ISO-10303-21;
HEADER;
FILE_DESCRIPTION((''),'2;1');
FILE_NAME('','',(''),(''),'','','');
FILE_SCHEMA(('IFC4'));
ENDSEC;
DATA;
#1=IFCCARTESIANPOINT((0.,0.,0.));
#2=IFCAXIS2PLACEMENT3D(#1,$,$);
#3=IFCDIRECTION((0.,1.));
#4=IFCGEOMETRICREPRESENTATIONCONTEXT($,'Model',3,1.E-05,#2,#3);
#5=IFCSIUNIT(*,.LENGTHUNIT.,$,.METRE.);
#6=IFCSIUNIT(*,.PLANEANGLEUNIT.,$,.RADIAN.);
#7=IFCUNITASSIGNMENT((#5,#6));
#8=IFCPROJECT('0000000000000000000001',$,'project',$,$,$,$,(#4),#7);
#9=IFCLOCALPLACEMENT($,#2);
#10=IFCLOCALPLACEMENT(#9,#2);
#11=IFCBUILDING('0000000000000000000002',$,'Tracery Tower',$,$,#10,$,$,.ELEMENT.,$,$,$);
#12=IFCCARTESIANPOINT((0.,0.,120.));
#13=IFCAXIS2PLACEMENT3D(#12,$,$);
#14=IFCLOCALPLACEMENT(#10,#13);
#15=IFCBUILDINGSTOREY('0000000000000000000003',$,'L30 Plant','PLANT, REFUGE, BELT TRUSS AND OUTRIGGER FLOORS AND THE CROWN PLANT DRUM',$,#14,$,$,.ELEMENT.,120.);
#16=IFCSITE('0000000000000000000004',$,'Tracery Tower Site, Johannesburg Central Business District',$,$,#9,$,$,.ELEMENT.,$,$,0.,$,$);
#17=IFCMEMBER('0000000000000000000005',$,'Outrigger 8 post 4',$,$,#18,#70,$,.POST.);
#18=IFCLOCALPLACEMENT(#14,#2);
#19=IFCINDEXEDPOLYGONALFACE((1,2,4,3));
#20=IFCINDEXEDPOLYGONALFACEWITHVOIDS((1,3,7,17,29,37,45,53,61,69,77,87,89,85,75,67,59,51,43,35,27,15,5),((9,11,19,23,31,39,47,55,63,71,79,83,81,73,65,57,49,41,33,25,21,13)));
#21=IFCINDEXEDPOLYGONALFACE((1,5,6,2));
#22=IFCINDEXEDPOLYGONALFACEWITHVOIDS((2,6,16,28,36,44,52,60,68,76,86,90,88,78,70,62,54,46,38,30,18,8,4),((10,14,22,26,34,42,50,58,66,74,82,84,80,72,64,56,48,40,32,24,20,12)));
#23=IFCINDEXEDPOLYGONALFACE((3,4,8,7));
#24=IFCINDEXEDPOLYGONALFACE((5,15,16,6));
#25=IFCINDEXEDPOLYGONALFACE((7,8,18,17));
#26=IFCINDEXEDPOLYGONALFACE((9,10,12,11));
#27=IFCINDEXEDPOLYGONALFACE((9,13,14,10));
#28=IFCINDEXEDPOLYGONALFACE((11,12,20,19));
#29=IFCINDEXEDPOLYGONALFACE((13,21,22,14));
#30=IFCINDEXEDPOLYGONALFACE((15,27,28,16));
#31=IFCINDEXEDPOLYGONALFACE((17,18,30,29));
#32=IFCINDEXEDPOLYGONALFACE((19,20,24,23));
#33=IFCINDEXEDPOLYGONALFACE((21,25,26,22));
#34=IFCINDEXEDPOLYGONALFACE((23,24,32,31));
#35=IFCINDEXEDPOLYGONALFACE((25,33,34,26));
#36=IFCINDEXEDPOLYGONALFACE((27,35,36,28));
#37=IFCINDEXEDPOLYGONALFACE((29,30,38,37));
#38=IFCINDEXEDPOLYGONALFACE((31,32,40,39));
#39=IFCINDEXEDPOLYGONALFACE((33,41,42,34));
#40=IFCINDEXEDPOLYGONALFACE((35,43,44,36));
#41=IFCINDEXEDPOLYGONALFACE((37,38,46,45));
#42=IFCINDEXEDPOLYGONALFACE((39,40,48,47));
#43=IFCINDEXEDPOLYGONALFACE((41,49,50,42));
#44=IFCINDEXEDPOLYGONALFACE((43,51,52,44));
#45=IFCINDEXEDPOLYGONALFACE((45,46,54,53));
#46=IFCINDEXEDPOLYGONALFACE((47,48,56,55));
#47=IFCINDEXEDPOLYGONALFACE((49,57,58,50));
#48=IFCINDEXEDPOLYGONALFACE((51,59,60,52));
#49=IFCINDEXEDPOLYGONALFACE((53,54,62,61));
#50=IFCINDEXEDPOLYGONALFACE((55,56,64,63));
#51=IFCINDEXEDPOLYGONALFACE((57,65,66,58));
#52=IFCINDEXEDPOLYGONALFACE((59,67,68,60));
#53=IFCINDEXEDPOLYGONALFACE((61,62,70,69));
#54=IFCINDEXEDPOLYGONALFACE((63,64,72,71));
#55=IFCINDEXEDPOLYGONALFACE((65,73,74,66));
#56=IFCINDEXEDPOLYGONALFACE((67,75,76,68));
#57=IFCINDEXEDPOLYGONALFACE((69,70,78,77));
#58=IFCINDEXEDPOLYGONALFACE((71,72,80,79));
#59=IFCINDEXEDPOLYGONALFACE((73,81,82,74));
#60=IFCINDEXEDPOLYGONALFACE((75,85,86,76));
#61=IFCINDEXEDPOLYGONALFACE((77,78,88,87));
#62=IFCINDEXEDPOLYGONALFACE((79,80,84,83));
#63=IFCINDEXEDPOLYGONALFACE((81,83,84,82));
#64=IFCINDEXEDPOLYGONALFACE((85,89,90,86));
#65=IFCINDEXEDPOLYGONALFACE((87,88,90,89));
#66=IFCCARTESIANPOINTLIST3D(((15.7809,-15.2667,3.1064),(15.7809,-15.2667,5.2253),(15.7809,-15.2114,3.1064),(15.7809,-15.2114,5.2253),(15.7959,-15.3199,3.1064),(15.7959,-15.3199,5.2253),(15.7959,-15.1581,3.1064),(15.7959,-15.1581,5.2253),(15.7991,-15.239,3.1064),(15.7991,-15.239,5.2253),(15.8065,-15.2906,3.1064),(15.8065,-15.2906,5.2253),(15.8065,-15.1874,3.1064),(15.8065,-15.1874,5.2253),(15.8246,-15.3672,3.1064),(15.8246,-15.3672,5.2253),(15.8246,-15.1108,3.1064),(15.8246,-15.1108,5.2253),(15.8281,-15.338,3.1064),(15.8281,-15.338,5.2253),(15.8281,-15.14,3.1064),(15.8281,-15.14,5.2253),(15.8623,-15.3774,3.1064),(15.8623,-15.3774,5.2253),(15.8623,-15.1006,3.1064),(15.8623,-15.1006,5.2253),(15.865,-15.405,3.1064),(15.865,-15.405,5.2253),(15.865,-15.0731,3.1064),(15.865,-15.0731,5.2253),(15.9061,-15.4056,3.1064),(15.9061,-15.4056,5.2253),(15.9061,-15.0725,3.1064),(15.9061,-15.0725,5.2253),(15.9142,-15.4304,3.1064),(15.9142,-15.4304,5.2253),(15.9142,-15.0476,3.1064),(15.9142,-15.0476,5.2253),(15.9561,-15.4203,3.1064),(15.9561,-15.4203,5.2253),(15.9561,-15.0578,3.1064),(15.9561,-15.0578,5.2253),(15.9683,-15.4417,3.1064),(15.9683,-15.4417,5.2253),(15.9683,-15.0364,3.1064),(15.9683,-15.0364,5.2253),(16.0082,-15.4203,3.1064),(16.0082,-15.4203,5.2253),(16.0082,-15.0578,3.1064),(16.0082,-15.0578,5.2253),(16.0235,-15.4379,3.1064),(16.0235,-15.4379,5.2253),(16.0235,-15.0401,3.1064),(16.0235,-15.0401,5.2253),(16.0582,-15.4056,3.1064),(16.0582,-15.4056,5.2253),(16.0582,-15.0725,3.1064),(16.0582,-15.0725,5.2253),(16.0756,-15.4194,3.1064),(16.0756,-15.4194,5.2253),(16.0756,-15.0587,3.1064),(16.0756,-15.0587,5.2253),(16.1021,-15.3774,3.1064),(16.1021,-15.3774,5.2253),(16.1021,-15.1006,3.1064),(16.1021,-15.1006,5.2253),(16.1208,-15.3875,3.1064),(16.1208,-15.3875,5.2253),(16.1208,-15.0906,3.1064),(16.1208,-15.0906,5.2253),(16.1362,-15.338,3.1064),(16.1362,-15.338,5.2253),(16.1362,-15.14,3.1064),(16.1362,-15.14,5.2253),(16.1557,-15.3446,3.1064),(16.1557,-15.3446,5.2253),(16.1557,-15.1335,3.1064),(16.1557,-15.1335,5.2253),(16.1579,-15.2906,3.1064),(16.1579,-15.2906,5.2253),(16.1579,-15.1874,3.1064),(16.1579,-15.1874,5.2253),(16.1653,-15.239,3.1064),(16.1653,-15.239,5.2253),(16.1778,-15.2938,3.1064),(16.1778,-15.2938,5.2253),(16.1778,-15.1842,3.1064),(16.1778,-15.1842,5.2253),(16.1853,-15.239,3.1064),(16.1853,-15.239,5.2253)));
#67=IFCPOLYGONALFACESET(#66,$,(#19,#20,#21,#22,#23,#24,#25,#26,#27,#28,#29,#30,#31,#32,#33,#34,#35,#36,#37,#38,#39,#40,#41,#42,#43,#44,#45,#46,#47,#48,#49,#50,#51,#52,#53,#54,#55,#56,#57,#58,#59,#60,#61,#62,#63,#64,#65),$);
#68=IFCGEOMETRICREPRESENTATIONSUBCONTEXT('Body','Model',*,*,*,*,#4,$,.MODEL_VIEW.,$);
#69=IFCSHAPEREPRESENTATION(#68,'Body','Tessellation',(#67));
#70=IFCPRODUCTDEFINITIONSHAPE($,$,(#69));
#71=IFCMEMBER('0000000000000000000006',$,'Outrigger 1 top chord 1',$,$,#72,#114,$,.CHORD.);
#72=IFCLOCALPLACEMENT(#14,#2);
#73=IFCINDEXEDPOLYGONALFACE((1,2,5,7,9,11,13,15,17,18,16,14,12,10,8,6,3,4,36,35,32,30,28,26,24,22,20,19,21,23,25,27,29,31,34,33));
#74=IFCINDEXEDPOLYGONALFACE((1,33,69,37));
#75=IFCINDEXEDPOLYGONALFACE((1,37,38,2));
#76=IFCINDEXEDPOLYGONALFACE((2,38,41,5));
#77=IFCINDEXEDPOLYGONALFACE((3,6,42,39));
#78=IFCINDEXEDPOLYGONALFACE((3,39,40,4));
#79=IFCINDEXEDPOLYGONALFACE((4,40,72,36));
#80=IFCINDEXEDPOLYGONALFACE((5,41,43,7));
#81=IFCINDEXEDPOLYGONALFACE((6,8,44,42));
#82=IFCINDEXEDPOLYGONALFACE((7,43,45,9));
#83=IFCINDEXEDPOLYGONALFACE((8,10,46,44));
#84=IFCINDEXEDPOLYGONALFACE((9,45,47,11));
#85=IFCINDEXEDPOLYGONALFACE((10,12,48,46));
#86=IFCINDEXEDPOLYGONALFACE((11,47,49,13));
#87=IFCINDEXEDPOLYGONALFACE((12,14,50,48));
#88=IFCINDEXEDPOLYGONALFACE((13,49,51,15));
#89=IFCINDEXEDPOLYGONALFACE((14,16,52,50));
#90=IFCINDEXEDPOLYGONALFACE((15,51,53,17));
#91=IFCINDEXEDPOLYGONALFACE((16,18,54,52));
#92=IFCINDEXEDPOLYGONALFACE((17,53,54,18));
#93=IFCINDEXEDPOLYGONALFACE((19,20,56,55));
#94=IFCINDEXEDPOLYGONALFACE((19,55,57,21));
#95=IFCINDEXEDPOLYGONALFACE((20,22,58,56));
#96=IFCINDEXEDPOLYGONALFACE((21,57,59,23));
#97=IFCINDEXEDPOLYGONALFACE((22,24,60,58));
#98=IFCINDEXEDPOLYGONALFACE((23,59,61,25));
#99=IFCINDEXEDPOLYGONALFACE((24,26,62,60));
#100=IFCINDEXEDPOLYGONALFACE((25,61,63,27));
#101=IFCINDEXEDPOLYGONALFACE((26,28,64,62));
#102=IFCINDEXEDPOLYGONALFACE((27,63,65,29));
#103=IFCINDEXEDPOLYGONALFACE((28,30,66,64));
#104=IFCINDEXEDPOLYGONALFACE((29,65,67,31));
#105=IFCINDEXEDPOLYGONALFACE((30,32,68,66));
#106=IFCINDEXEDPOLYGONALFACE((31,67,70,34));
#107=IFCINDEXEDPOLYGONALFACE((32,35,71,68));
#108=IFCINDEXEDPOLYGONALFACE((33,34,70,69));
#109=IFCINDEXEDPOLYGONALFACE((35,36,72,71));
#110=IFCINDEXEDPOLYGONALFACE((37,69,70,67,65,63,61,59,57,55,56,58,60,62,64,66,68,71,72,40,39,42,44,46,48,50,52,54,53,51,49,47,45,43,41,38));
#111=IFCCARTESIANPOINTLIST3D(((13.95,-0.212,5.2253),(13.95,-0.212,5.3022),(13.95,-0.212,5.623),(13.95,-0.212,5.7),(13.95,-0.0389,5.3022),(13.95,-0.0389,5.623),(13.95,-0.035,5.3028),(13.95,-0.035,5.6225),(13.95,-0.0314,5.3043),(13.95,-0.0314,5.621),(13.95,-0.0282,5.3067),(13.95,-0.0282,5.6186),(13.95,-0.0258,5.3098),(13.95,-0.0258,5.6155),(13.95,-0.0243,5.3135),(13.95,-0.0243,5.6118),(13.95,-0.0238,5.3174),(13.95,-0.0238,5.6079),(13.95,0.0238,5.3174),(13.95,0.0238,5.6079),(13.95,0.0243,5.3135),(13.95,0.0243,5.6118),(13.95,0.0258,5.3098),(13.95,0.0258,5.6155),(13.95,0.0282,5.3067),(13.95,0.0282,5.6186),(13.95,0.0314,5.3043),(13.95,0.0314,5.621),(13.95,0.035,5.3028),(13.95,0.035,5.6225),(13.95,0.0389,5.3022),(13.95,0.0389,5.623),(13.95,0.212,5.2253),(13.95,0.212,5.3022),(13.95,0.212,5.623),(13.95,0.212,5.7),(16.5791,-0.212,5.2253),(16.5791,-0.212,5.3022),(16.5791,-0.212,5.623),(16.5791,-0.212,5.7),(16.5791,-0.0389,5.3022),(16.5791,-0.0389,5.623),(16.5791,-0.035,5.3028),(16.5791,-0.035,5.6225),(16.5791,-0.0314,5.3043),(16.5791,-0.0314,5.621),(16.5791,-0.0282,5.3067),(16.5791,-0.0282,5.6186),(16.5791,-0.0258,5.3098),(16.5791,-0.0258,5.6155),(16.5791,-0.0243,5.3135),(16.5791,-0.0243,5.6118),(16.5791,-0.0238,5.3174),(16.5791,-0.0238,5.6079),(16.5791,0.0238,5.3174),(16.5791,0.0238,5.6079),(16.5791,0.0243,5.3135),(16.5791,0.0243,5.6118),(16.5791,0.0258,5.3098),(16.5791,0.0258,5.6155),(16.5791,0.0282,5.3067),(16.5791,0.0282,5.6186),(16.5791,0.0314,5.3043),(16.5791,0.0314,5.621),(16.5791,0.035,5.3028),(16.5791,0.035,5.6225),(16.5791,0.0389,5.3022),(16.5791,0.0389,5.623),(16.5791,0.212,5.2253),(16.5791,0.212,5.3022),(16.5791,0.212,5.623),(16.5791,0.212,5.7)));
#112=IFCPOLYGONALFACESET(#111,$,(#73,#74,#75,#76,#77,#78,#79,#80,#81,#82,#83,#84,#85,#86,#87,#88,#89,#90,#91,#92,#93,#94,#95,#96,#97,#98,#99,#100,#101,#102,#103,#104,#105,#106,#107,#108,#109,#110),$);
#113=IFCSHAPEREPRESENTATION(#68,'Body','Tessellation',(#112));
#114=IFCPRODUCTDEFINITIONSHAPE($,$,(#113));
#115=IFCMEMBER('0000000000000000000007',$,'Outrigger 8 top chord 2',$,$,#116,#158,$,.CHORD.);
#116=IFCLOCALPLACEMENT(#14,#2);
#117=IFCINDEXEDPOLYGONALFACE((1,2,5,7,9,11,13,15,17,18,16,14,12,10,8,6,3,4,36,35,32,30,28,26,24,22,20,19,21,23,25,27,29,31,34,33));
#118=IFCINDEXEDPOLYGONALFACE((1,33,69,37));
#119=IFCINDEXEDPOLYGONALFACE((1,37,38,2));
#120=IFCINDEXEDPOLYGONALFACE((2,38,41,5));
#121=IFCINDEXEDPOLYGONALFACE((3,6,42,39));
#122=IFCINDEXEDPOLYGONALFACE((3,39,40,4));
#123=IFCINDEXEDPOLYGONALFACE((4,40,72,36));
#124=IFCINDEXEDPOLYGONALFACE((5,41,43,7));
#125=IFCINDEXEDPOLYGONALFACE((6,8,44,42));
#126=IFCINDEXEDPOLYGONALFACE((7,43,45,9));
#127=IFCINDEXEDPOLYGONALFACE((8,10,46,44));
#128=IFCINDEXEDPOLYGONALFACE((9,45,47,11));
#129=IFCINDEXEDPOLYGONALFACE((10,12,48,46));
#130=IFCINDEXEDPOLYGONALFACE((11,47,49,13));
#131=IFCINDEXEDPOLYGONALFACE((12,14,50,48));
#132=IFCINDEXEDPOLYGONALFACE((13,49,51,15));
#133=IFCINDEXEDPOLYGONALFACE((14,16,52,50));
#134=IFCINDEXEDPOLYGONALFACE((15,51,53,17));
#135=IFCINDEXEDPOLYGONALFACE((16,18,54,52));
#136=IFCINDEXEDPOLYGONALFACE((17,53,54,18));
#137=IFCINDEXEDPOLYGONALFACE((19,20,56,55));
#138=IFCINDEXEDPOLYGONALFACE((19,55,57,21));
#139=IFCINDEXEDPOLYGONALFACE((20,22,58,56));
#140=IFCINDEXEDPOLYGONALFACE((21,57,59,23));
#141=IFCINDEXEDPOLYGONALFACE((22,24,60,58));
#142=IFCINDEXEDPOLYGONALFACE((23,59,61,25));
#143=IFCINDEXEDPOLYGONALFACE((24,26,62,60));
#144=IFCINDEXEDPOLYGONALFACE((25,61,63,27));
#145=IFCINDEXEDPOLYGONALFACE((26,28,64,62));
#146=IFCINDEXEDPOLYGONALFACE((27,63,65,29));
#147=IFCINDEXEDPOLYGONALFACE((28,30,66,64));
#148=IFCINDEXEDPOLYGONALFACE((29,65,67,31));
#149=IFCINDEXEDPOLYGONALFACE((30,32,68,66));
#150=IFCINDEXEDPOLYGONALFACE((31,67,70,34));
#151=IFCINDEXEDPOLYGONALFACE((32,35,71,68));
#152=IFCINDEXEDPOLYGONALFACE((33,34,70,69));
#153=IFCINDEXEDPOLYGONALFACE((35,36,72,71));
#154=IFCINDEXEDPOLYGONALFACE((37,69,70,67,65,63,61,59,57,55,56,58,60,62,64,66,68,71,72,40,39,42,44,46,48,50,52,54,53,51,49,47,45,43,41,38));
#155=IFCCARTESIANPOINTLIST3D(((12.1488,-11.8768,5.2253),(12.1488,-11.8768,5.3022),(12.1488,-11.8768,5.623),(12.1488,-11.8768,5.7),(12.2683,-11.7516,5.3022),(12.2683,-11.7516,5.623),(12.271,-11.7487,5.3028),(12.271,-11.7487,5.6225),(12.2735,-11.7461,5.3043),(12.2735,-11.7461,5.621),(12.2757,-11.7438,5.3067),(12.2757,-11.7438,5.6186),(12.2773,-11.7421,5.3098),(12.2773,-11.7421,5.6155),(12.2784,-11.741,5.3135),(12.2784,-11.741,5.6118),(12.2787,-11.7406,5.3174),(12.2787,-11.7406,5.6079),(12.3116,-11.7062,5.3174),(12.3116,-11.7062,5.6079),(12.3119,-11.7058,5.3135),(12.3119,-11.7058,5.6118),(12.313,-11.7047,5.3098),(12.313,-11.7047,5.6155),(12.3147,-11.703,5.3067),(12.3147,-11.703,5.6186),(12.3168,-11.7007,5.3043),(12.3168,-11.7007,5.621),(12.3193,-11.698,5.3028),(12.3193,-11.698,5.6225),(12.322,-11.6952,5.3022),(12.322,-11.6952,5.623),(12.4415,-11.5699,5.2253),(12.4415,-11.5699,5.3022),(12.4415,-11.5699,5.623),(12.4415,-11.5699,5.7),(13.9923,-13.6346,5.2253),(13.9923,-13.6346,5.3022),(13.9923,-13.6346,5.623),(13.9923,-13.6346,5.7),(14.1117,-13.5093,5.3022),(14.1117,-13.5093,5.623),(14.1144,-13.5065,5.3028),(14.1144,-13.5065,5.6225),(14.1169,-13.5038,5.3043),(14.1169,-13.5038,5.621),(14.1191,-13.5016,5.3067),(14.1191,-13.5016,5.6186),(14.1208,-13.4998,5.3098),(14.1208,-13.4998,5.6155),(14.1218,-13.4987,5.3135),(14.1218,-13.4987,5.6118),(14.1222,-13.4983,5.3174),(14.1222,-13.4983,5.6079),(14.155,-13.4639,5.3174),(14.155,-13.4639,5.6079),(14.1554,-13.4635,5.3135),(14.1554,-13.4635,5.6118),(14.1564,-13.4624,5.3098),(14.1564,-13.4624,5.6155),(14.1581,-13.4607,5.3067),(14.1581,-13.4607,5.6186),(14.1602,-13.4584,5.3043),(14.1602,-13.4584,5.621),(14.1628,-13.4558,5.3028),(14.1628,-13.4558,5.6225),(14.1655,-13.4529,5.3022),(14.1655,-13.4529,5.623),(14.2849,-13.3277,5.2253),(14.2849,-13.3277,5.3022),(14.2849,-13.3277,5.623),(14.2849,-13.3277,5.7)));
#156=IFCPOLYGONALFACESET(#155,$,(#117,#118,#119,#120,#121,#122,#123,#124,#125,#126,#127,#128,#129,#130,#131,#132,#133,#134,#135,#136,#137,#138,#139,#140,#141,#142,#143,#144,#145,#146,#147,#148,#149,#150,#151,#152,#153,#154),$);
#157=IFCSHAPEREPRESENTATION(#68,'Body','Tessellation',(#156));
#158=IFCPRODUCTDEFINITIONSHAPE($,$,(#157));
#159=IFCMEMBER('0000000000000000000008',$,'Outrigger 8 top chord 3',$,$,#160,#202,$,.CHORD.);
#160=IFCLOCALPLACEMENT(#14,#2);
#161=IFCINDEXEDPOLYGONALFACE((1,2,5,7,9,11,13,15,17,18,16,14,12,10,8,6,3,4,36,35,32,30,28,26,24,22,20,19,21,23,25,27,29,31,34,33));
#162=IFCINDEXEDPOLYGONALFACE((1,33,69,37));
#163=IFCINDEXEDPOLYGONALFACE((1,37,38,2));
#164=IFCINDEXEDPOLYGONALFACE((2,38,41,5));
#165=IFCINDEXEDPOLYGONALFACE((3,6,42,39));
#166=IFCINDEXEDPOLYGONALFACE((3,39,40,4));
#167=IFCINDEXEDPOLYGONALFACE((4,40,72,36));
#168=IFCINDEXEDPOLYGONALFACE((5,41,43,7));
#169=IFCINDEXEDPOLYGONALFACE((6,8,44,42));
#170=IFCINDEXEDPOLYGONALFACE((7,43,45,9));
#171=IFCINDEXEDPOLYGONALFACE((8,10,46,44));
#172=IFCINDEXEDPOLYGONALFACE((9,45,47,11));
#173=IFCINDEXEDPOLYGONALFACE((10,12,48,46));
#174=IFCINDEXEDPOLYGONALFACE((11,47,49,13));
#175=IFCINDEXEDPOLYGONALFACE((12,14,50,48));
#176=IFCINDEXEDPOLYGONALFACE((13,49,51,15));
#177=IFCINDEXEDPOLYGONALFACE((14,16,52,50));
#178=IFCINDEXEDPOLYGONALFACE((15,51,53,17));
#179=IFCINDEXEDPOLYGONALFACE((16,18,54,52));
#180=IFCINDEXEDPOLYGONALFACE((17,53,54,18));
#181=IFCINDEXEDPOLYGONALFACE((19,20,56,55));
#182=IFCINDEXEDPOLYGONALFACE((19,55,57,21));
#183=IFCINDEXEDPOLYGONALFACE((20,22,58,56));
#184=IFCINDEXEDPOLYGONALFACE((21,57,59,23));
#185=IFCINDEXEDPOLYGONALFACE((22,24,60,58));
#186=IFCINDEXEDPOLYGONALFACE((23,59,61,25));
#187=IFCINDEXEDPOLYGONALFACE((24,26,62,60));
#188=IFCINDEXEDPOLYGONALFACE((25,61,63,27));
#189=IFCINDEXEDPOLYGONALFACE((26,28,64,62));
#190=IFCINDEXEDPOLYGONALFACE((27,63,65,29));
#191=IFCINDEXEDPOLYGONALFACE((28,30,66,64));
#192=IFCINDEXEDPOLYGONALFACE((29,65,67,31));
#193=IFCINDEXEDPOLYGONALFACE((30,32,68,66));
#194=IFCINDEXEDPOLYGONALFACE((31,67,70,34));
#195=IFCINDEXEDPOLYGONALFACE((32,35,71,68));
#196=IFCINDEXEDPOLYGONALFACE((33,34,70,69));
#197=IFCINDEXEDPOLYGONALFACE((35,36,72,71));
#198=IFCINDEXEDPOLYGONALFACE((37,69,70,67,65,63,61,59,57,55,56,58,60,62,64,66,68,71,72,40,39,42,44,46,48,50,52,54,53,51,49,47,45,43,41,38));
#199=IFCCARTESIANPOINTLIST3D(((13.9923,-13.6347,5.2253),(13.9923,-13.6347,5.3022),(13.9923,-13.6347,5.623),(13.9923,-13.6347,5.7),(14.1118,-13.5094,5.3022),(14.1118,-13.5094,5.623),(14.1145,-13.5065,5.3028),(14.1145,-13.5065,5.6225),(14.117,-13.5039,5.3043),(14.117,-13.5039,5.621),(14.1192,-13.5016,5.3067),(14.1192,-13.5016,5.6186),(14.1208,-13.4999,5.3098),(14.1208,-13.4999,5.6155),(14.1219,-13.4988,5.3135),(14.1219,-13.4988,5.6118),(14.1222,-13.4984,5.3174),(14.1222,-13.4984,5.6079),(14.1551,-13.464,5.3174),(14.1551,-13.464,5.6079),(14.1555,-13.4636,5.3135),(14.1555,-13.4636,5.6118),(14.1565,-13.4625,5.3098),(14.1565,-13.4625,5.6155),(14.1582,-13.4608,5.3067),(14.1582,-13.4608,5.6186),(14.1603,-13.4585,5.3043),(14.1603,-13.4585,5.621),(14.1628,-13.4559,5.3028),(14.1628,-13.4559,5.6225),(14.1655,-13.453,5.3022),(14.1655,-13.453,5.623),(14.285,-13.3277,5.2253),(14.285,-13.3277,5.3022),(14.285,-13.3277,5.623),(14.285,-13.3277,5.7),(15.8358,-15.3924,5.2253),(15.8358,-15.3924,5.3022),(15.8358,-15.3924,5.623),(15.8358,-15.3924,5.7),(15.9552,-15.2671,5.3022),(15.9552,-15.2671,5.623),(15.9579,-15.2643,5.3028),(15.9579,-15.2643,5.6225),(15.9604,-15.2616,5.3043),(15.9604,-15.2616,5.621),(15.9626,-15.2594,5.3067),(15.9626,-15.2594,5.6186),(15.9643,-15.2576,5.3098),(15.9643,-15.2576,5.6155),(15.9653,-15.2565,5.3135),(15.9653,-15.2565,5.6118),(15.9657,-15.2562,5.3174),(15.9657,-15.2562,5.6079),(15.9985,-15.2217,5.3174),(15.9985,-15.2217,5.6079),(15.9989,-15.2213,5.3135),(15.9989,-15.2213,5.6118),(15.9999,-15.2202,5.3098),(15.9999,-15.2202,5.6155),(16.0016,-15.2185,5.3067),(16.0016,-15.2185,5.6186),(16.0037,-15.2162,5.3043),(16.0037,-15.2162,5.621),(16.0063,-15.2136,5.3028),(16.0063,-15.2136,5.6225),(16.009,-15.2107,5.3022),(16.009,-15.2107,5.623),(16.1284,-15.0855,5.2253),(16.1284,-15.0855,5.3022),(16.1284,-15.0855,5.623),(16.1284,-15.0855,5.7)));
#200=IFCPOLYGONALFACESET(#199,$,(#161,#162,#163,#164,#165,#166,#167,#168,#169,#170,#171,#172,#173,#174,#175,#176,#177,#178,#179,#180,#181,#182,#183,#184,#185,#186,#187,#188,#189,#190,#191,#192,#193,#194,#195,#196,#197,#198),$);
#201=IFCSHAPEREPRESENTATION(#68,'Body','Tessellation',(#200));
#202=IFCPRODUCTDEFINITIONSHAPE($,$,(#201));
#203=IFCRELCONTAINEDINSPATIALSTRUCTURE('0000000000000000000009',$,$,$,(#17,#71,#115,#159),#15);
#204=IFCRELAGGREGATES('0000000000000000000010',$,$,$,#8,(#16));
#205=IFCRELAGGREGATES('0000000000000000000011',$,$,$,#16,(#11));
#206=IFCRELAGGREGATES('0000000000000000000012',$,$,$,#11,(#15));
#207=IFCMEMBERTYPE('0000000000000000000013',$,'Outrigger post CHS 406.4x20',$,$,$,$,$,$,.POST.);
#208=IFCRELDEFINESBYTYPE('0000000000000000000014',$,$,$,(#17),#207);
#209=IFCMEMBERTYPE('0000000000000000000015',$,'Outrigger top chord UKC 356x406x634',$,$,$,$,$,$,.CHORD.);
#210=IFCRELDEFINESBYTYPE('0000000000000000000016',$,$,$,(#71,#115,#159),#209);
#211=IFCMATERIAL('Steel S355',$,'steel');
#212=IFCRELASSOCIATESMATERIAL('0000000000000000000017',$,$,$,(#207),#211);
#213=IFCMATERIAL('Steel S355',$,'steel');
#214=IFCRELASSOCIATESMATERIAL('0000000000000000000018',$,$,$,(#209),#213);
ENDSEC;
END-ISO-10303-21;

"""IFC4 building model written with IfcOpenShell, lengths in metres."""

from ifc_helpers import new_model, si_unit, direction, frame, origin, origin_2d, place, context, subcontext, project, spatial, hollow_circle, i_section, extrude, material, material_profile, profile_set, type_object, element, save


model = new_model("IFC4")

# Units and contexts
model_context = context("Model", 3, precision=1e-05, world=origin(), true_north=direction((0.0, 1.0)))
body_context = subcontext(model_context, "Body", "Model", "MODEL_VIEW")
ifc_project = project(units=[si_unit("LENGTHUNIT", "METRE"), si_unit("PLANEANGLEUNIT", "RADIAN")], contexts=[model_context])

# Site, building, storey
site_placement = place(None, origin())
site = spatial("IfcSite", under=ifc_project, at=site_placement, Name="Tracery Tower Site, Johannesburg Central Business District", CompositionType="ELEMENT", RefElevation=0.0)
building_placement = place(site_placement, origin())
building = spatial("IfcBuilding", under=site, at=building_placement, Name="Tracery Tower", CompositionType="ELEMENT")
storey_placement = place(building_placement, frame((0.0, 0.0, 120.0)))
storey = spatial("IfcBuildingStorey", under=building, at=storey_placement, Name="L30 Plant", Description="PLANT, REFUGE, BELT TRUSS AND OUTRIGGER FLOORS AND THE CROWN PLANT DRUM", CompositionType="ELEMENT", Elevation=120.0)

# Members
ifc_material_1 = material(Name="Steel S355", Category="steel")
ifc_material_profile_1 = material_profile(ifc_material_1, hollow_circle(Radius=0.2031, WallThickness=0.02, at=origin_2d()), Name="CHS 406.4x20")
ifc_profile_set_1 = profile_set([ifc_material_profile_1], Name="Steel S355")
member_type_1 = type_object("IfcMemberType", Name="Outrigger post CHS 406.4x20", PredefinedType="POST", material=ifc_profile_set_1)
for number, where, z_axis, x_axis, name in (
    (1, (15.9822, -15.239, 3.1064), (0.0, 0.0, 1.0), (1.0, 0.0, 0.0), "Outrigger 8 post 4"),
):
    element("IfcMember", number, at=place(storey_placement, frame(where, z_axis=z_axis, x_axis=x_axis)), inside=storey, type_object=member_type_1, Name=name, PredefinedType="POST", context=body_context, shape_type="SweptSolid", body=[
        extrude(hollow_circle(Radius=0.2031, WallThickness=0.02, at=origin_2d()), origin(), (0.0, 0.0, 1.0), 2.1189),
    ])
ifc_material_2 = material(Name="Steel S355", Category="steel")
ifc_material_profile_2 = material_profile(ifc_material_2, i_section(OverallWidth=0.4241, OverallDepth=0.4746, WebThickness=0.0476, FlangeThickness=0.0769, FilletRadius=0.0151, at=origin_2d()), Name="UKC 356x406x634")
ifc_profile_set_2 = profile_set([ifc_material_profile_2], Name="Steel S355")
member_type_2 = type_object("IfcMemberType", Name="Outrigger top chord UKC 356x406x634", PredefinedType="CHORD", material=ifc_profile_set_2)
member_1_placement = place(storey_placement, frame((13.95, 0.0, 5.4626), z_axis=(1.0, 0.0, 0.0), x_axis=(0.0, 1.0, 0.0)))
element("IfcMember", 2, at=member_1_placement, inside=storey, type_object=member_type_2, Name="Outrigger 1 top chord 1", PredefinedType="CHORD", context=body_context, shape_type="SweptSolid", body=[
    extrude(i_section(OverallWidth=0.4241, OverallDepth=0.4746, WebThickness=0.0476, FlangeThickness=0.0769, FilletRadius=0.0151, at=origin_2d()), origin(), (0.0, 0.0, 1.0), 2.6292),
])
for number, where, z_axis, x_axis, name in (
    (3, (12.2952, -11.7234, 5.4626), (0.723728, -0.690086, 0.0), (0.690086, 0.723728, 0.0), "Outrigger 8 top chord 2"),
    (4, (14.1387, -13.4812, 5.4626), (0.723728, -0.690086, 0.0), (0.690086, 0.723728, 0.0), "Outrigger 8 top chord 3"),
):
    element("IfcMember", number, at=place(storey_placement, frame(where, z_axis=z_axis, x_axis=x_axis)), inside=storey, type_object=member_type_2, Name=name, PredefinedType="CHORD", context=body_context, shape_type="SweptSolid", body=[
        extrude(i_section(OverallWidth=0.4241, OverallDepth=0.4746, WebThickness=0.0476, FlangeThickness=0.0769, FilletRadius=0.0151, at=origin_2d()), origin(), (0.0, 0.0, 1.0), 2.5471),
    ])

save(model, "model.ifc")
